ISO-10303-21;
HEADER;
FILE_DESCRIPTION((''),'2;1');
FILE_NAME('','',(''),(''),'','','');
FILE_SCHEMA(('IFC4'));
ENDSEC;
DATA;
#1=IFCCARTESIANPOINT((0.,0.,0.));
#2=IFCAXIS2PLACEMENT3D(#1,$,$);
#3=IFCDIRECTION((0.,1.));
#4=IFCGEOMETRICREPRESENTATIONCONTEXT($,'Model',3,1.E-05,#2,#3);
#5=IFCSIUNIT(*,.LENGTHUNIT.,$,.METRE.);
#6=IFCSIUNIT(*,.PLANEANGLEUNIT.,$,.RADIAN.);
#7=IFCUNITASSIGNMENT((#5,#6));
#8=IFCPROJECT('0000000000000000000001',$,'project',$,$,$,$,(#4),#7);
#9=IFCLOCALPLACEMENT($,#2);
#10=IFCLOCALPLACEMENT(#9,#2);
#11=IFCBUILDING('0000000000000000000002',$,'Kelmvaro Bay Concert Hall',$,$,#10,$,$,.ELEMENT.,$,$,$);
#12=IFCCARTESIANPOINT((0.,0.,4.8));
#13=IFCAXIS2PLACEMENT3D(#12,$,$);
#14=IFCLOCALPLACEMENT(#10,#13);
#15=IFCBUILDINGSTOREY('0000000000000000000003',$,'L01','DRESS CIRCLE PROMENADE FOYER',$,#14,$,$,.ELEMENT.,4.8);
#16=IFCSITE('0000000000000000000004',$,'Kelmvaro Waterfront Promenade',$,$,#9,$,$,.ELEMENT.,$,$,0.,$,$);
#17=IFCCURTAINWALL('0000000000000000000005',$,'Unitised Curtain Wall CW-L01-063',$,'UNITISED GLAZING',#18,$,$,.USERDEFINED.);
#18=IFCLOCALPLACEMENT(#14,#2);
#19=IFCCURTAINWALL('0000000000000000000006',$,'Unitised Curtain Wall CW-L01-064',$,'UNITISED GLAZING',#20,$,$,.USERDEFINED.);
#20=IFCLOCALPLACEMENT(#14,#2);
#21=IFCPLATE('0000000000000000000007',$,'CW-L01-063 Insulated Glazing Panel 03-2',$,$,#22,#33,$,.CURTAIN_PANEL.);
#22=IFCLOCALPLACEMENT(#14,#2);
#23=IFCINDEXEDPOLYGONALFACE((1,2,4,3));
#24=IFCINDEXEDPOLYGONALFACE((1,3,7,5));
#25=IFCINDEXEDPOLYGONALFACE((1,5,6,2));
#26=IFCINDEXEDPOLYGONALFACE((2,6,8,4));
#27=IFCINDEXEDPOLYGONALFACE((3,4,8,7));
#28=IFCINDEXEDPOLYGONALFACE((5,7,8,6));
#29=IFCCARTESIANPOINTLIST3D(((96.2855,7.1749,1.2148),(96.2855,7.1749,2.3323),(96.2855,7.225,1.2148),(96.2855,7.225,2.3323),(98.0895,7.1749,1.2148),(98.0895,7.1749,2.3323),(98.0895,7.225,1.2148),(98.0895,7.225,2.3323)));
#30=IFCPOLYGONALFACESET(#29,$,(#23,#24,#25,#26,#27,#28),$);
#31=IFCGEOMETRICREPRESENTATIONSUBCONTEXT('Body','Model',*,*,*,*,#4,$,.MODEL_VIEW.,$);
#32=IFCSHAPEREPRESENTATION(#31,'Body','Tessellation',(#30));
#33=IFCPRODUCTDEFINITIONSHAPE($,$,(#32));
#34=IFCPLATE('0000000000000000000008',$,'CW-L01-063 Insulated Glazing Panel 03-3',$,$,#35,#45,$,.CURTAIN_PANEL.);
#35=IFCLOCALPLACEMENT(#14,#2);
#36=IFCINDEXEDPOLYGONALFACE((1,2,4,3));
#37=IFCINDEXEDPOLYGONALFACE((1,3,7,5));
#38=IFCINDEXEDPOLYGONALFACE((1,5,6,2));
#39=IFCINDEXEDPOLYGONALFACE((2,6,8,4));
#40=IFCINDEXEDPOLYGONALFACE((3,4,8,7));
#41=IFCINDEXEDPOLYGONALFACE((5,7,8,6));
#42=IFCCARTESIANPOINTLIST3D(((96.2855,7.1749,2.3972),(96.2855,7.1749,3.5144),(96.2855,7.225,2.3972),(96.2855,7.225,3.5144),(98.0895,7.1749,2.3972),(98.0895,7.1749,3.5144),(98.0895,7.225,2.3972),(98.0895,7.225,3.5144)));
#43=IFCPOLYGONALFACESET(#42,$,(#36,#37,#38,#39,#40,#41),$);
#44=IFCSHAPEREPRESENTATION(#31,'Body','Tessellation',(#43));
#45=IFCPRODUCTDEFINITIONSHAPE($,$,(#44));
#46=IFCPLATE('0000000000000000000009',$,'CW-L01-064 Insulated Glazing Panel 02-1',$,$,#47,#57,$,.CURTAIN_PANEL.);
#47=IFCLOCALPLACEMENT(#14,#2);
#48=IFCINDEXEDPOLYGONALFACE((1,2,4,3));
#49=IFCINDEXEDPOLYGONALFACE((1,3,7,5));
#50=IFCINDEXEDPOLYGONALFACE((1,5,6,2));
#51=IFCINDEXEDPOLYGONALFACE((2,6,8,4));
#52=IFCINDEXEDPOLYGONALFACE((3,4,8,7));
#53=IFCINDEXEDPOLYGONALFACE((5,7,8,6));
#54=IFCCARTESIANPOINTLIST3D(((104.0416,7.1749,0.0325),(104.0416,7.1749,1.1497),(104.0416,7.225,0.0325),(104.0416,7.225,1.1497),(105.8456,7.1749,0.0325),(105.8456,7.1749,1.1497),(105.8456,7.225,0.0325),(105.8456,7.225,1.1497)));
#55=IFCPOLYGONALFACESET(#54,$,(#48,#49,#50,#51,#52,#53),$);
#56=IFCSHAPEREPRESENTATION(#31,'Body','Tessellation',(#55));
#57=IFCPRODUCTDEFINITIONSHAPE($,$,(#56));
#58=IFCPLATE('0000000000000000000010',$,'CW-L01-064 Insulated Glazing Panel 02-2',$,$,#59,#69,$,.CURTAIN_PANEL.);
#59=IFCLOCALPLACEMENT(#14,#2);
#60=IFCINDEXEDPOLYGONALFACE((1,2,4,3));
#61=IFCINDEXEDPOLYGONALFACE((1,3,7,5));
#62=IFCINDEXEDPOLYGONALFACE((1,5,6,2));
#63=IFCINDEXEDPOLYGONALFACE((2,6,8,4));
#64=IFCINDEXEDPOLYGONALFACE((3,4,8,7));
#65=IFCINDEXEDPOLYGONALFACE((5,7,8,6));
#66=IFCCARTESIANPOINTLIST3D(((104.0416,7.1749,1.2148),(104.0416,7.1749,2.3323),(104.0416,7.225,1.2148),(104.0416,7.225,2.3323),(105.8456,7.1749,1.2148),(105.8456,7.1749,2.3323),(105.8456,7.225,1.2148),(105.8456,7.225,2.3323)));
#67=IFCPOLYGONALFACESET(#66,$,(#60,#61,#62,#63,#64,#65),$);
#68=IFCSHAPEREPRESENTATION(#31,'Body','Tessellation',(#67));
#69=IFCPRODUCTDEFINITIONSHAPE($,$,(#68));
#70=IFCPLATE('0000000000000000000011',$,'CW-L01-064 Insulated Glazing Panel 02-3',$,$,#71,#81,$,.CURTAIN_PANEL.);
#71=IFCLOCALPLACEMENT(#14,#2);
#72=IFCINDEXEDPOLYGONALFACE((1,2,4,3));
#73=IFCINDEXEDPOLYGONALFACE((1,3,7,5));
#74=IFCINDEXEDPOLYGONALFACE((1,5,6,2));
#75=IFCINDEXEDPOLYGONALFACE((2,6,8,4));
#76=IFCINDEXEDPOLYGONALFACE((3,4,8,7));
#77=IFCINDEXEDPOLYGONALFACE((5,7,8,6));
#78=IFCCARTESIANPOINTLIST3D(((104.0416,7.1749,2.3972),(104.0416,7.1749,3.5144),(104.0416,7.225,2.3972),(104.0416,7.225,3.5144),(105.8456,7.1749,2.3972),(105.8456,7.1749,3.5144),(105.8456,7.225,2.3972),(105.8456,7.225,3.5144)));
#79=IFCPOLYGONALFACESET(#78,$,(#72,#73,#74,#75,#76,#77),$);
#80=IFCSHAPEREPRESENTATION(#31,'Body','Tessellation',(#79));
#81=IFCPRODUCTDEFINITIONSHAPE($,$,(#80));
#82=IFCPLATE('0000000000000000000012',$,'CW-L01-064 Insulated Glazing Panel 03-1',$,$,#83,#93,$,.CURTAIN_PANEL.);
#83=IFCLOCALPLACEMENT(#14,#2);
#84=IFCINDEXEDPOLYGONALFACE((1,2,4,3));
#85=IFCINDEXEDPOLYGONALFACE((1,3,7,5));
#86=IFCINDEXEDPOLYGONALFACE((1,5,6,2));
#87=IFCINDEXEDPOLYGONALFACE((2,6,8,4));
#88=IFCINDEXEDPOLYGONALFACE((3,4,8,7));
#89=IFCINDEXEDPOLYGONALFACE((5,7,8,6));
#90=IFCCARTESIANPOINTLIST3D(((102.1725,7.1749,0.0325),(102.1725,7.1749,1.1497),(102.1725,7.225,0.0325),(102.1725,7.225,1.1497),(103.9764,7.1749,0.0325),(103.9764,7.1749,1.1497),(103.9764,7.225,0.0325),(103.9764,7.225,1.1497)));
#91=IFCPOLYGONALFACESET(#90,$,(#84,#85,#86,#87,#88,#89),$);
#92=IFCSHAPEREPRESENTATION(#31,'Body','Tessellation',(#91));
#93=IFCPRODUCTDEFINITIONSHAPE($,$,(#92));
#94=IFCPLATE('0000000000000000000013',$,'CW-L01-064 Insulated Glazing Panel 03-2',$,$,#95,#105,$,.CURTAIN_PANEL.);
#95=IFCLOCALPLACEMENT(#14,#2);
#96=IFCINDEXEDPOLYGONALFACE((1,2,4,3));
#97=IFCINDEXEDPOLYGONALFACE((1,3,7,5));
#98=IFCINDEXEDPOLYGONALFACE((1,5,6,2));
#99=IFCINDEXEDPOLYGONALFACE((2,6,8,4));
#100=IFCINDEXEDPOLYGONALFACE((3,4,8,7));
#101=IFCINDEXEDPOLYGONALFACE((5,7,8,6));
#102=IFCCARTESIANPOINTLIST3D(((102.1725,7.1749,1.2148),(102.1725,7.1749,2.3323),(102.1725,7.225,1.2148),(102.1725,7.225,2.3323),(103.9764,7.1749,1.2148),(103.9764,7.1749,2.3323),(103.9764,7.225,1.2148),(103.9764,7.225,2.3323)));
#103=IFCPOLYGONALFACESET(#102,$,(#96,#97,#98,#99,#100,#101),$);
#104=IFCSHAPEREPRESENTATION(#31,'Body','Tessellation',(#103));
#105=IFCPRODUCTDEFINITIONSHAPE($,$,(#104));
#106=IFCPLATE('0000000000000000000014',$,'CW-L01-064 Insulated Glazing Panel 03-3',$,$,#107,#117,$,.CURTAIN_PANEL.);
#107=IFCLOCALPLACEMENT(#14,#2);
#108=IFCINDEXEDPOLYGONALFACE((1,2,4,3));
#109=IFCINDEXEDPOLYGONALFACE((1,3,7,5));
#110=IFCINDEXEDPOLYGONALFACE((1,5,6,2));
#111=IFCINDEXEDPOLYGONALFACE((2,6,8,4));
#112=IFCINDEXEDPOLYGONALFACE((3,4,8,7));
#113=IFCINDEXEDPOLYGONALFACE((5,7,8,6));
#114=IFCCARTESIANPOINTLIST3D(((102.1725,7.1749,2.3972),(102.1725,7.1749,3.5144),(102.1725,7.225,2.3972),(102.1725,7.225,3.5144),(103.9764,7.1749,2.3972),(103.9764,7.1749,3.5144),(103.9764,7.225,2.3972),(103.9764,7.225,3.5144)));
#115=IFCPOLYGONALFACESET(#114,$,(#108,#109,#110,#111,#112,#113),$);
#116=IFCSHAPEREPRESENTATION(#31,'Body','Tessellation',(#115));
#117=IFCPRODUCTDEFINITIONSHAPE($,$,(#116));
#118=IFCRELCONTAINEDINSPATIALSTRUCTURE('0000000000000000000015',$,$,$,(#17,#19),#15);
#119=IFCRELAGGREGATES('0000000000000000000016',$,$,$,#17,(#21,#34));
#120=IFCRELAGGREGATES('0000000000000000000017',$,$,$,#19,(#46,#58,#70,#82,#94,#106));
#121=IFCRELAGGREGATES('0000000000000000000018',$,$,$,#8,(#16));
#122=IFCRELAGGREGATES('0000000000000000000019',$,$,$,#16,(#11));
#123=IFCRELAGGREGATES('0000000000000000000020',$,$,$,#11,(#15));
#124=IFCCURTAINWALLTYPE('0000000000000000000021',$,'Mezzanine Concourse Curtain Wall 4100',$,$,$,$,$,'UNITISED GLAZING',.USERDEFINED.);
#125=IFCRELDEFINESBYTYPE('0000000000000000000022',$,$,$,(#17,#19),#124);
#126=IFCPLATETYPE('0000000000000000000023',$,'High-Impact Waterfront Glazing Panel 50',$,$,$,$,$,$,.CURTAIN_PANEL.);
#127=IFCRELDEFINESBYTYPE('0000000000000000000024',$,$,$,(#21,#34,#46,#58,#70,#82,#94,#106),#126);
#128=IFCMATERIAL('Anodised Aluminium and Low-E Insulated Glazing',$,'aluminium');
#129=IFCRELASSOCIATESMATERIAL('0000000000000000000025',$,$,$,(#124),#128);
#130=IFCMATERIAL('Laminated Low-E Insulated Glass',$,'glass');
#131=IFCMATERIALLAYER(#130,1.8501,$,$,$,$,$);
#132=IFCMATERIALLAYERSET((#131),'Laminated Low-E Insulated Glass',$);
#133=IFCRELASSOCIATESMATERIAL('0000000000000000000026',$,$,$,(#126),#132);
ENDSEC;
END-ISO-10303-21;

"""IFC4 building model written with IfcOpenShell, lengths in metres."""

from ifc_helpers import new_model, si_unit, direction, frame, origin, origin_2d, place, context, subcontext, project, spatial, rectangle, extrude, material, layer, layer_set, type_object, element, aggregate, save


model = new_model("IFC4")

# Units and contexts
model_context = context("Model", 3, precision=1e-05, world=origin(), true_north=direction((0.0, 1.0)))
body_context = subcontext(model_context, "Body", "Model", "MODEL_VIEW")
ifc_project = project(units=[si_unit("LENGTHUNIT", "METRE"), si_unit("PLANEANGLEUNIT", "RADIAN")], contexts=[model_context])

# Site, building, storey
site_placement = place(None, origin())
site = spatial("IfcSite", under=ifc_project, at=site_placement, Name="Kelmvaro Waterfront Promenade", CompositionType="ELEMENT", RefElevation=0.0)
building_placement = place(site_placement, origin())
building = spatial("IfcBuilding", under=site, at=building_placement, Name="Kelmvaro Bay Concert Hall", CompositionType="ELEMENT")
storey_placement = place(building_placement, frame((0.0, 0.0, 4.8)))
storey = spatial("IfcBuildingStorey", under=building, at=storey_placement, Name="L01", Description="DRESS CIRCLE PROMENADE FOYER", CompositionType="ELEMENT", Elevation=4.8)

# Curtain walls
ifc_material_1 = material(Name="Anodised Aluminium and Low-E Insulated Glazing", Category="aluminium")
curtain_wall_type = type_object("IfcCurtainWallType", Name="Mezzanine Concourse Curtain Wall 4100", ElementType="UNITISED GLAZING", PredefinedType="USERDEFINED", material=ifc_material_1)
curtain_wall_1_placement = place(storey_placement, origin())
curtain_wall_1 = element("IfcCurtainWall", 1, at=curtain_wall_1_placement, inside=storey, type_object=curtain_wall_type, Name="Unitised Curtain Wall CW-L01-063", ObjectType="UNITISED GLAZING", PredefinedType="USERDEFINED")
curtain_wall_2_placement = place(storey_placement, origin())
curtain_wall_2 = element("IfcCurtainWall", 2, at=curtain_wall_2_placement, inside=storey, type_object=curtain_wall_type, Name="Unitised Curtain Wall CW-L01-064", ObjectType="UNITISED GLAZING", PredefinedType="USERDEFINED")

# Plates
ifc_material_2 = material(Name="Laminated Low-E Insulated Glass", Category="glass")
ifc_layer = layer(ifc_material_2, 1.8501)
ifc_layer_set = layer_set([ifc_layer], Name="Laminated Low-E Insulated Glass")
plate_type = type_object("IfcPlateType", Name="High-Impact Waterfront Glazing Panel 50", PredefinedType="CURTAIN_PANEL", material=ifc_layer_set)
plate_1_placement = place(storey_placement, frame((97.1875, 7.2, 1.2148), z_axis=(0.0, 0.0, 1.0), x_axis=(-1.0, 0.0, 0.0)))
plate_1 = element("IfcPlate", 3, at=plate_1_placement, type_object=plate_type, Name="CW-L01-063 Insulated Glazing Panel 03-2", PredefinedType="CURTAIN_PANEL", context=body_context, shape_type="SweptSolid", body=[
    extrude(rectangle(XDim=1.804, YDim=0.05, at=origin_2d()), origin(), (0.0, 0.0, 1.0), 1.1174),
])
plate_2_placement = place(storey_placement, frame((97.1875, 7.2, 2.3972), z_axis=(0.0, 0.0, 1.0), x_axis=(-1.0, 0.0, 0.0)))
plate_2 = element("IfcPlate", 4, at=plate_2_placement, type_object=plate_type, Name="CW-L01-063 Insulated Glazing Panel 03-3", PredefinedType="CURTAIN_PANEL", context=body_context, shape_type="SweptSolid", body=[
    extrude(rectangle(XDim=1.804, YDim=0.05, at=origin_2d()), origin(), (0.0, 0.0, 1.0), 1.1172),
])
aggregate(curtain_wall_1, [plate_1, plate_2])
plate_3_placement = place(storey_placement, frame((104.9436, 7.2, 0.0325), z_axis=(0.0, 0.0, 1.0), x_axis=(-1.0, 0.0, 0.0)))
plate_3 = element("IfcPlate", 5, at=plate_3_placement, type_object=plate_type, Name="CW-L01-064 Insulated Glazing Panel 02-1", PredefinedType="CURTAIN_PANEL", context=body_context, shape_type="SweptSolid", body=[
    extrude(rectangle(XDim=1.804, YDim=0.05, at=origin_2d()), origin(), (0.0, 0.0, 1.0), 1.1172),
])
plate_4_placement = place(storey_placement, frame((104.9436, 7.2, 1.2148), z_axis=(0.0, 0.0, 1.0), x_axis=(-1.0, 0.0, 0.0)))
plate_4 = element("IfcPlate", 6, at=plate_4_placement, type_object=plate_type, Name="CW-L01-064 Insulated Glazing Panel 02-2", PredefinedType="CURTAIN_PANEL", context=body_context, shape_type="SweptSolid", body=[
    extrude(rectangle(XDim=1.804, YDim=0.05, at=origin_2d()), origin(), (0.0, 0.0, 1.0), 1.1174),
])
plate_5_placement = place(storey_placement, frame((104.9436, 7.2, 2.3972), z_axis=(0.0, 0.0, 1.0), x_axis=(-1.0, 0.0, 0.0)))
plate_5 = element("IfcPlate", 7, at=plate_5_placement, type_object=plate_type, Name="CW-L01-064 Insulated Glazing Panel 02-3", PredefinedType="CURTAIN_PANEL", context=body_context, shape_type="SweptSolid", body=[
    extrude(rectangle(XDim=1.804, YDim=0.05, at=origin_2d()), origin(), (0.0, 0.0, 1.0), 1.1172),
])
plate_6_placement = place(storey_placement, frame((103.0745, 7.2, 0.0325), z_axis=(0.0, 0.0, 1.0), x_axis=(-1.0, 0.0, 0.0)))
plate_6 = element("IfcPlate", 8, at=plate_6_placement, type_object=plate_type, Name="CW-L01-064 Insulated Glazing Panel 03-1", PredefinedType="CURTAIN_PANEL", context=body_context, shape_type="SweptSolid", body=[
    extrude(rectangle(XDim=1.804, YDim=0.05, at=origin_2d()), origin(), (0.0, 0.0, 1.0), 1.1172),
])
plate_7_placement = place(storey_placement, frame((103.0745, 7.2, 1.2148), z_axis=(0.0, 0.0, 1.0), x_axis=(-1.0, 0.0, 0.0)))
plate_7 = element("IfcPlate", 9, at=plate_7_placement, type_object=plate_type, Name="CW-L01-064 Insulated Glazing Panel 03-2", PredefinedType="CURTAIN_PANEL", context=body_context, shape_type="SweptSolid", body=[
    extrude(rectangle(XDim=1.804, YDim=0.05, at=origin_2d()), origin(), (0.0, 0.0, 1.0), 1.1174),
])
plate_8_placement = place(storey_placement, frame((103.0745, 7.2, 2.3972), z_axis=(0.0, 0.0, 1.0), x_axis=(-1.0, 0.0, 0.0)))
plate_8 = element("IfcPlate", 10, at=plate_8_placement, type_object=plate_type, Name="CW-L01-064 Insulated Glazing Panel 03-3", PredefinedType="CURTAIN_PANEL", context=body_context, shape_type="SweptSolid", body=[
    extrude(rectangle(XDim=1.804, YDim=0.05, at=origin_2d()), origin(), (0.0, 0.0, 1.0), 1.1172),
])
aggregate(curtain_wall_2, [plate_3, plate_4, plate_5, plate_6, plate_7, plate_8])

save(model, "model.ifc")
